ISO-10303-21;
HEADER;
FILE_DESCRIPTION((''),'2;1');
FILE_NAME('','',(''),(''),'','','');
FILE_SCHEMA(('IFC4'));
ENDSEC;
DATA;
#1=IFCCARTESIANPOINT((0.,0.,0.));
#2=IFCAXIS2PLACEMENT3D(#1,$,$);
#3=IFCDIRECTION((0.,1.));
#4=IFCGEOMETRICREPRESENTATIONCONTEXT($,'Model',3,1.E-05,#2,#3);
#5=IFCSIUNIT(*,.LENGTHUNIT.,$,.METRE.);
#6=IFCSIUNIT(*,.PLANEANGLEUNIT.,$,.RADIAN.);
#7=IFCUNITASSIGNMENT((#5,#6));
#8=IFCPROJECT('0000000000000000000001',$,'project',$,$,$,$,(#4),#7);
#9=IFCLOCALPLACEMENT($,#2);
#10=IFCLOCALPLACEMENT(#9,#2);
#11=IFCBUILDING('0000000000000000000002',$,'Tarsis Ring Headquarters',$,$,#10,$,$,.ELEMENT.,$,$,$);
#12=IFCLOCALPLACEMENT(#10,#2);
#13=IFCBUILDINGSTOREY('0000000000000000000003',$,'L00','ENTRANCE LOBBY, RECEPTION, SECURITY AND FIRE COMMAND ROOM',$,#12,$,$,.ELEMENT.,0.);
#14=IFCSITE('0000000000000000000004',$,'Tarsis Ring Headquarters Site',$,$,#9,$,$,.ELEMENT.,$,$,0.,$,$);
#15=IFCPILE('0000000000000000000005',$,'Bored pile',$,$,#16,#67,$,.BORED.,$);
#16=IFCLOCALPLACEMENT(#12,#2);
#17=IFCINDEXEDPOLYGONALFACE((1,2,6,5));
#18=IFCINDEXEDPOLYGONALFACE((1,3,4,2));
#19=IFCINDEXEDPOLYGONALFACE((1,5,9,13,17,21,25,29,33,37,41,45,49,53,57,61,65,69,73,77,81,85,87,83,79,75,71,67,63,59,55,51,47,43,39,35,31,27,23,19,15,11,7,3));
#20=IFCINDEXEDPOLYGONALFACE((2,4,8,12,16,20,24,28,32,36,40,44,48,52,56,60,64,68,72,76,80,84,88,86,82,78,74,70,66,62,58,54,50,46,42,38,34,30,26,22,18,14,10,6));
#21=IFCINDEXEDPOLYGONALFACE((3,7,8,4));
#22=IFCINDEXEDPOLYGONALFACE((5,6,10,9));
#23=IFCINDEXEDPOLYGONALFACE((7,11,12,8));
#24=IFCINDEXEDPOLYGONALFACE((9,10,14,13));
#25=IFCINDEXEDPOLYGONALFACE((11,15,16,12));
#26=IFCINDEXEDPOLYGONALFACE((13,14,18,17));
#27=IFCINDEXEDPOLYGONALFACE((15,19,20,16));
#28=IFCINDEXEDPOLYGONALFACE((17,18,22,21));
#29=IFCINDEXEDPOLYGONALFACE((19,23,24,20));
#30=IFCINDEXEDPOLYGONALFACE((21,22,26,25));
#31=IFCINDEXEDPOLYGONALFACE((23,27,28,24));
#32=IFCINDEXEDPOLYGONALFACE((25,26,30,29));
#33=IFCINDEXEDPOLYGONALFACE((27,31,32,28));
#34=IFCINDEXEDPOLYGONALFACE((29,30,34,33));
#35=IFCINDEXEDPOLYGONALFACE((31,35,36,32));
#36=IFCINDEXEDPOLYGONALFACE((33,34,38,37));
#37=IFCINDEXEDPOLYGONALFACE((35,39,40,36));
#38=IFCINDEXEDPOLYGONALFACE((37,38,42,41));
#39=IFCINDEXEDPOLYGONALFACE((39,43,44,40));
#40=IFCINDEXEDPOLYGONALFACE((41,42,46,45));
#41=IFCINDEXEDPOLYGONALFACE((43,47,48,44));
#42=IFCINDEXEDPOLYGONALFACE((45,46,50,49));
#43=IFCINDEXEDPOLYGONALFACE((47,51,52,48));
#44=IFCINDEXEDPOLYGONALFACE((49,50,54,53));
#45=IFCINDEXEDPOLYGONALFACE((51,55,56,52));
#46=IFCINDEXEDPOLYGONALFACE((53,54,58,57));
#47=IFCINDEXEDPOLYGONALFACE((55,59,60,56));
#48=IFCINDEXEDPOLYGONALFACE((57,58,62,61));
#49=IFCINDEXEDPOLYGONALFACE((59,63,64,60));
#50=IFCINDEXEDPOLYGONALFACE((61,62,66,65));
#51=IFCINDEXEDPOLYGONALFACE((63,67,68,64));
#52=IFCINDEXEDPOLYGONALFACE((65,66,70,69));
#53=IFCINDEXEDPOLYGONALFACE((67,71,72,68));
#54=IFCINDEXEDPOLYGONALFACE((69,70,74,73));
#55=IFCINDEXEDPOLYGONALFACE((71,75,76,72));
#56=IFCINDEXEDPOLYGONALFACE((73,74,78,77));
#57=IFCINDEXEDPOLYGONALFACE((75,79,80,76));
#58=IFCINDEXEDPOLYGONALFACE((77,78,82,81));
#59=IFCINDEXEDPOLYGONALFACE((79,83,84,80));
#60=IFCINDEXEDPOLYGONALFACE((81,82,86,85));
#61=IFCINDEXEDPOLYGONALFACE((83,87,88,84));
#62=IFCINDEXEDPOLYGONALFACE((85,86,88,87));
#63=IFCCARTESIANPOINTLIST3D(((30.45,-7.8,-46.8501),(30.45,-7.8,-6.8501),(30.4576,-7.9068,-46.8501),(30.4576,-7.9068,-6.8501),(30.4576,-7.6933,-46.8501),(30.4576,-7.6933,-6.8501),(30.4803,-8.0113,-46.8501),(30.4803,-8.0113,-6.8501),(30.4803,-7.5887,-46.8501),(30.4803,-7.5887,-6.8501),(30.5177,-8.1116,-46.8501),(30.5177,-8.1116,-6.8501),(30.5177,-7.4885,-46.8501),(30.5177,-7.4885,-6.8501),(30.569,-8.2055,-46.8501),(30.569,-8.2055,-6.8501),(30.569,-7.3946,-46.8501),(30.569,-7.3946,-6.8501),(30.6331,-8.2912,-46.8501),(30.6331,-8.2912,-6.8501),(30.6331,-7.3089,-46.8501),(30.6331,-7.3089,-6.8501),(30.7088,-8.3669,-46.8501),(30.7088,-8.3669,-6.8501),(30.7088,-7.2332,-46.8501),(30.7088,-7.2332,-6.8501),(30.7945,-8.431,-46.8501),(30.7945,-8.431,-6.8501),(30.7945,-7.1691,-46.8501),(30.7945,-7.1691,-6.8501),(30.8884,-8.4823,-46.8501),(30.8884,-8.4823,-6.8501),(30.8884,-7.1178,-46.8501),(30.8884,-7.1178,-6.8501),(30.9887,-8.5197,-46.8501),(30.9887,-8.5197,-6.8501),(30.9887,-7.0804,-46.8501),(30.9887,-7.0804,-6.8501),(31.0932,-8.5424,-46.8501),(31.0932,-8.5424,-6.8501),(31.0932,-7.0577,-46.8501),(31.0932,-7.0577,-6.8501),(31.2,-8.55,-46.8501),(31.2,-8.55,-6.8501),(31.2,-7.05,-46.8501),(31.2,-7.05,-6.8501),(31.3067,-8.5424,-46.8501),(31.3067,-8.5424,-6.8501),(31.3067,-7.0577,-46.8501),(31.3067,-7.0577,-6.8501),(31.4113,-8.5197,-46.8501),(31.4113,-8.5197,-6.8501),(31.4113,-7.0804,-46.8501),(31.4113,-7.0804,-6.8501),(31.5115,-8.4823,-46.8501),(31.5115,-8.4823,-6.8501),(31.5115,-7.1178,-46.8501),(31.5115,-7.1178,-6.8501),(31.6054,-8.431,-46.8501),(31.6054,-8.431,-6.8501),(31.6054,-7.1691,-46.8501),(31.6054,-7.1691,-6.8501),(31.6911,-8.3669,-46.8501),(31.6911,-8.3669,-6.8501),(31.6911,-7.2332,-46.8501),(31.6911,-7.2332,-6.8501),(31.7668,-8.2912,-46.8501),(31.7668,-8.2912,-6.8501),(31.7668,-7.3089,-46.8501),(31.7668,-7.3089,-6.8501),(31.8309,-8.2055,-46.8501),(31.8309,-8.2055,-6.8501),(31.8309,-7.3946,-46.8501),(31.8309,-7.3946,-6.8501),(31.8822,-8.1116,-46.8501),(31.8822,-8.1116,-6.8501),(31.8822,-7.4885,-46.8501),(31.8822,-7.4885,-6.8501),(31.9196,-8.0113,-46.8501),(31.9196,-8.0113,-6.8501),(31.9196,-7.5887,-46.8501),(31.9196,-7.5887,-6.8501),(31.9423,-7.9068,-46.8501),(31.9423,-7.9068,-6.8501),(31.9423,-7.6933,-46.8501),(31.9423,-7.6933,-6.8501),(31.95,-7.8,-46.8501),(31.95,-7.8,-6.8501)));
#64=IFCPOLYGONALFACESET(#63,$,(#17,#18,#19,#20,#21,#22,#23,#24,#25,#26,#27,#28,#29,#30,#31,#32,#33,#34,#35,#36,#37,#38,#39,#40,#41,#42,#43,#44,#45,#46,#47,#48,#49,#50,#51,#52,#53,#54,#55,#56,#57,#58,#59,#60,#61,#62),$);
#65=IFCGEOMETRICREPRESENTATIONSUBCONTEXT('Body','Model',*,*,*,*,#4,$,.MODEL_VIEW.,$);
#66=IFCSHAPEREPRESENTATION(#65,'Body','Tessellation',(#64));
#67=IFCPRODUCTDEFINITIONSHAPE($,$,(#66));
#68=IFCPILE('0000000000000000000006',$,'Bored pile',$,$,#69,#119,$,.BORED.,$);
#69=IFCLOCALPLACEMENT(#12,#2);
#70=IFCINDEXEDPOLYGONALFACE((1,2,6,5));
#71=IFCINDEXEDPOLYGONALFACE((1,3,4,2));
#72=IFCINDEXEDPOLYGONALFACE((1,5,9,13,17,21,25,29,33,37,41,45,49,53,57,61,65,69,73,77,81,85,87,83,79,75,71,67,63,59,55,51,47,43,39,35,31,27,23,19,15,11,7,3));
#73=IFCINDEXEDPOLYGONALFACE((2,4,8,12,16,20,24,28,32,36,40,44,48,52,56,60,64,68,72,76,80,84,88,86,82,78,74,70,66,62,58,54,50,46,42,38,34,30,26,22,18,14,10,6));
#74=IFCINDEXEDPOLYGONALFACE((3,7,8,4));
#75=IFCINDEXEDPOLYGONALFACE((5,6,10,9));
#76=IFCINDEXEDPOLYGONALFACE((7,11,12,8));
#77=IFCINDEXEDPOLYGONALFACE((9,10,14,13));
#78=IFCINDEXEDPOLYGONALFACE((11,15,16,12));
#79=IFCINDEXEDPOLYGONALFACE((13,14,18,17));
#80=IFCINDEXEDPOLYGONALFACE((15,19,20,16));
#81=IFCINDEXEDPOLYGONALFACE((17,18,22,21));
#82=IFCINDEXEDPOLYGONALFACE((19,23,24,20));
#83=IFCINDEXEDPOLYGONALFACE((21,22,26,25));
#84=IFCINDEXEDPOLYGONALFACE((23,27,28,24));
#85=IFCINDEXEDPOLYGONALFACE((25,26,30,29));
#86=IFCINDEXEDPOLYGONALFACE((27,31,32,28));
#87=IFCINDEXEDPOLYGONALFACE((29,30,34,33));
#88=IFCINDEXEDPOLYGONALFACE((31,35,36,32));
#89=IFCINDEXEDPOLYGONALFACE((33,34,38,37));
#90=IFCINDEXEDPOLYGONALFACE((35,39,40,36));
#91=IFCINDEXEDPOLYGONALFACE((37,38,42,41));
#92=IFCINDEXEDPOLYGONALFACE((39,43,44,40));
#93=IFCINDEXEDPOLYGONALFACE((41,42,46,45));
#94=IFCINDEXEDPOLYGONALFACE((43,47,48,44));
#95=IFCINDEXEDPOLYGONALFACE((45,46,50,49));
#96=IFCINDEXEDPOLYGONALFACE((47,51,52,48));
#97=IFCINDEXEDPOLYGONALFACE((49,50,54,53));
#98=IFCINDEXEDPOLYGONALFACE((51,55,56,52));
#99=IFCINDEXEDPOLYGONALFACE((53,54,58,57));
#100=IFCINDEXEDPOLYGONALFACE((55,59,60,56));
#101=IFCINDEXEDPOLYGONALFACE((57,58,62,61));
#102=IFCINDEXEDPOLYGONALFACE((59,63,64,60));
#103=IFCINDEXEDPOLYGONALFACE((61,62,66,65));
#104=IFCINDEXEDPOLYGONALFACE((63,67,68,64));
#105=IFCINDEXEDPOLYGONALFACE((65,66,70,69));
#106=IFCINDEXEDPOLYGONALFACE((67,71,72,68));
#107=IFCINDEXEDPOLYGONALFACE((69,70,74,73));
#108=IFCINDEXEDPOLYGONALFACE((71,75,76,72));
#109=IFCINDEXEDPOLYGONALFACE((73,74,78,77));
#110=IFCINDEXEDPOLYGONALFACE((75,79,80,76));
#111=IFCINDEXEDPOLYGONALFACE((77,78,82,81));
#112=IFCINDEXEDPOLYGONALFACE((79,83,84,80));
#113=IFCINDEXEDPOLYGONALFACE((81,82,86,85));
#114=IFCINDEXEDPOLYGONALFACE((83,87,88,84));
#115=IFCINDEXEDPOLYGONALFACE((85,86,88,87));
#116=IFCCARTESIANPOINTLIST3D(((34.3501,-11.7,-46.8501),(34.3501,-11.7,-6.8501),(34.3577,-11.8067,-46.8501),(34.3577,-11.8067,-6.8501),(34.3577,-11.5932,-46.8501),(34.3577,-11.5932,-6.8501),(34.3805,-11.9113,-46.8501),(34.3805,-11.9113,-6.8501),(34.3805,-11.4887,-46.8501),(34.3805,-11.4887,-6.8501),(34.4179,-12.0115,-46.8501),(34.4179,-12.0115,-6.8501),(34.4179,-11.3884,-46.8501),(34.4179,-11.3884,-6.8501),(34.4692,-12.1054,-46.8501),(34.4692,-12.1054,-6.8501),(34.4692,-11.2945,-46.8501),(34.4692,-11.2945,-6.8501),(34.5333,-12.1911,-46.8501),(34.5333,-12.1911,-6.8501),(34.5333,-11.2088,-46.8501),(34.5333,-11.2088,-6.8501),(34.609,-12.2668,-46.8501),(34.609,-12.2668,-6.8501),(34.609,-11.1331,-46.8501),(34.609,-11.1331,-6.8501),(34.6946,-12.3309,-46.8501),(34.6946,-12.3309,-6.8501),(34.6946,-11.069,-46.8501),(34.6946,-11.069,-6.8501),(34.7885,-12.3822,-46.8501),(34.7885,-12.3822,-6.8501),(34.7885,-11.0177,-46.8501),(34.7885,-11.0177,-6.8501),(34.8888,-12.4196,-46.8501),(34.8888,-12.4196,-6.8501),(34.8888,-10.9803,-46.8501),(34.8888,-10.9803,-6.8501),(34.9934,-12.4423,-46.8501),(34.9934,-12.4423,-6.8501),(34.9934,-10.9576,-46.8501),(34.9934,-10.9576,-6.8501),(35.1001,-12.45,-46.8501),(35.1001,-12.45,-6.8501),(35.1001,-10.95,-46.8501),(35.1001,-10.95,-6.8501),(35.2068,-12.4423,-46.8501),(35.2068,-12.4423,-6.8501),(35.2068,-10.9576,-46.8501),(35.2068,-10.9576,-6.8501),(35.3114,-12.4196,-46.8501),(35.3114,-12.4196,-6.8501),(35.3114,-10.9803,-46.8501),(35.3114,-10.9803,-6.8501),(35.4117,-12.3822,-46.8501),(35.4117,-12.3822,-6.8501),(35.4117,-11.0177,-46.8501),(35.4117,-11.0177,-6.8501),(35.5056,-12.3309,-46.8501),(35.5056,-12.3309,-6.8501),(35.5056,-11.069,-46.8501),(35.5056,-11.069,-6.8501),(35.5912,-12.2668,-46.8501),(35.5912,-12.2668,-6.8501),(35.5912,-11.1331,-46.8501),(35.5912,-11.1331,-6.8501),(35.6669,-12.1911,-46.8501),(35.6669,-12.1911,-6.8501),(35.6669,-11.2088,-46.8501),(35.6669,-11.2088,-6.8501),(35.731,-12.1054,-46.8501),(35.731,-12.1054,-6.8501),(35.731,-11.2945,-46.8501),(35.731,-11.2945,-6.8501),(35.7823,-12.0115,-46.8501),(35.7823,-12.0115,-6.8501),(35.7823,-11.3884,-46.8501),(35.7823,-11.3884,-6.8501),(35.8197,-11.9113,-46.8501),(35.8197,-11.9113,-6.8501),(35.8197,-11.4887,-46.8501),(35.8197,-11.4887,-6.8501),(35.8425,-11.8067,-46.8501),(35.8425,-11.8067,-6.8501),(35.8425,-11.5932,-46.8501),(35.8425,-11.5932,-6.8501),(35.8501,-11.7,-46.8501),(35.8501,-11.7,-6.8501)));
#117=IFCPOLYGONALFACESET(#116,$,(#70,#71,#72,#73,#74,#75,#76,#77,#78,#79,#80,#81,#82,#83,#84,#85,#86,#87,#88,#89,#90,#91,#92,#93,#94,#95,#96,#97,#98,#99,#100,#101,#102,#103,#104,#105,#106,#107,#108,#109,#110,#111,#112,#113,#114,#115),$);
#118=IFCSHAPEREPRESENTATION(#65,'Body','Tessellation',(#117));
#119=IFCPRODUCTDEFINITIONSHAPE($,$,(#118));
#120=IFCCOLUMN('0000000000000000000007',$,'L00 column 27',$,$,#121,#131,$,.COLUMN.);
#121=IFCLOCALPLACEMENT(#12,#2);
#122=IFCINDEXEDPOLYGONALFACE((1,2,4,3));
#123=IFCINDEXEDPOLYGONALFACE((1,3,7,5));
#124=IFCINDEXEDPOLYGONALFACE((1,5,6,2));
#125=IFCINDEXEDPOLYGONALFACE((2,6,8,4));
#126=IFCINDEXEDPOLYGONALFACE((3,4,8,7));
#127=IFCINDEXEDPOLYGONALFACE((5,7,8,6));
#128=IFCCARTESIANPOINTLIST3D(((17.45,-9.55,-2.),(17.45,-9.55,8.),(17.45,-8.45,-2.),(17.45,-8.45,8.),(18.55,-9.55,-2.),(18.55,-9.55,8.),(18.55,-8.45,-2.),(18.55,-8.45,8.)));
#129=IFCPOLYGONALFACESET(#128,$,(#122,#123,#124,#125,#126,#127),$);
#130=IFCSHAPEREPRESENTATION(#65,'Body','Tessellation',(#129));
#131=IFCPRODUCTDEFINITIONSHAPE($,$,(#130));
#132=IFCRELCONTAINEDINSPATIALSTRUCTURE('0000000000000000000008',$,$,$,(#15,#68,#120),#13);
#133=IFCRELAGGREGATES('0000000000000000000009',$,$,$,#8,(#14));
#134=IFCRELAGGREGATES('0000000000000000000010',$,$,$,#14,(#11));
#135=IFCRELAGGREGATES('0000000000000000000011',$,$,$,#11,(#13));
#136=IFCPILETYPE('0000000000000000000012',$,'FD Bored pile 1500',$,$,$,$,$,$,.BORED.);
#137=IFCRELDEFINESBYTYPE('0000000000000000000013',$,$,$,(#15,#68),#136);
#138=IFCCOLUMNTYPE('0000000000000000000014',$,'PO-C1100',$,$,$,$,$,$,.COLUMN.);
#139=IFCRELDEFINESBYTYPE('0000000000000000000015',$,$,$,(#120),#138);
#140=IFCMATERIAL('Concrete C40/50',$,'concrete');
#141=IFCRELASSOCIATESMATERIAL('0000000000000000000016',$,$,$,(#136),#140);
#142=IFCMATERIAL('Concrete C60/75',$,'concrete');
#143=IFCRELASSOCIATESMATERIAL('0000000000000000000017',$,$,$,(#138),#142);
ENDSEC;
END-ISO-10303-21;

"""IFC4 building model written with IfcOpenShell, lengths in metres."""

from ifc_helpers import new_model, si_unit, direction, frame, origin, origin_2d, place, context, subcontext, project, spatial, rectangle, circle, extrude, material, material_profile, profile_set, type_object, element, save


model = new_model("IFC4")

# Units and contexts
model_context = context("Model", 3, precision=1e-05, world=origin(), true_north=direction((0.0, 1.0)))
body_context = subcontext(model_context, "Body", "Model", "MODEL_VIEW")
ifc_project = project(units=[si_unit("LENGTHUNIT", "METRE"), si_unit("PLANEANGLEUNIT", "RADIAN")], contexts=[model_context])

# Site, building, storey
site_placement = place(None, origin())
site = spatial("IfcSite", under=ifc_project, at=site_placement, Name="Tarsis Ring Headquarters Site", CompositionType="ELEMENT", RefElevation=0.0)
building_placement = place(site_placement, origin())
building = spatial("IfcBuilding", under=site, at=building_placement, Name="Tarsis Ring Headquarters", CompositionType="ELEMENT")
storey_placement = place(building_placement, origin())
storey = spatial("IfcBuildingStorey", under=building, at=storey_placement, Name="L00", Description="ENTRANCE LOBBY, RECEPTION, SECURITY AND FIRE COMMAND ROOM", CompositionType="ELEMENT", Elevation=0.0)

# Piles
ifc_material_1 = material(Name="Concrete C40/50", Category="concrete")
ifc_material_profile_1 = material_profile(ifc_material_1, circle(Radius=0.75, at=origin_2d()), Name="BORED 1500")
ifc_profile_set_1 = profile_set([ifc_material_profile_1], Name="Concrete C40/50")
pile_type_1 = type_object("IfcPileType", Name="FD Bored pile 1500", PredefinedType="BORED", material=ifc_profile_set_1)
for number, where, z_axis, x_axis, name in (
    (1, (31.2, -7.8, -6.8501), (0.0, 0.0, -1.0), (1.0, 0.0, 0.0), "Bored pile"),
    (2, (35.1001, -11.7, -6.8501), (0.0, 0.0, -1.0), (1.0, 0.0, 0.0), "Bored pile"),
):
    element("IfcPile", number, at=place(storey_placement, frame(where, z_axis=z_axis, x_axis=x_axis)), inside=storey, type_object=pile_type_1, Name=name, PredefinedType="BORED", context=body_context, shape_type="SweptSolid", body=[
        extrude(circle(Radius=0.75, at=origin_2d()), origin(), (0.0, 0.0, 1.0), 40.0),
    ])

# Column
ifc_material_2 = material(Name="Concrete C60/75", Category="concrete")
ifc_material_profile_2 = material_profile(ifc_material_2, rectangle(XDim=1.1001, YDim=1.1001, at=origin_2d()), Name="PO-C1100")
ifc_profile_set_2 = profile_set([ifc_material_profile_2], Name="Concrete C60/75")
column_type_1 = type_object("IfcColumnType", Name="PO-C1100", PredefinedType="COLUMN", material=ifc_profile_set_2)
column_placement = place(storey_placement, frame((18.0, -9.0, -2.0), z_axis=(0.0, 0.0, 1.0), x_axis=(1.0, 0.0, 0.0)))
element("IfcColumn", 3, at=column_placement, inside=storey, type_object=column_type_1, Name="L00 column 27", PredefinedType="COLUMN", context=body_context, shape_type="SweptSolid", body=[
    extrude(rectangle(XDim=1.1001, YDim=1.1001, at=origin_2d()), origin(), (0.0, 0.0, 1.0), 10.0),
])

save(model, "model.ifc")
